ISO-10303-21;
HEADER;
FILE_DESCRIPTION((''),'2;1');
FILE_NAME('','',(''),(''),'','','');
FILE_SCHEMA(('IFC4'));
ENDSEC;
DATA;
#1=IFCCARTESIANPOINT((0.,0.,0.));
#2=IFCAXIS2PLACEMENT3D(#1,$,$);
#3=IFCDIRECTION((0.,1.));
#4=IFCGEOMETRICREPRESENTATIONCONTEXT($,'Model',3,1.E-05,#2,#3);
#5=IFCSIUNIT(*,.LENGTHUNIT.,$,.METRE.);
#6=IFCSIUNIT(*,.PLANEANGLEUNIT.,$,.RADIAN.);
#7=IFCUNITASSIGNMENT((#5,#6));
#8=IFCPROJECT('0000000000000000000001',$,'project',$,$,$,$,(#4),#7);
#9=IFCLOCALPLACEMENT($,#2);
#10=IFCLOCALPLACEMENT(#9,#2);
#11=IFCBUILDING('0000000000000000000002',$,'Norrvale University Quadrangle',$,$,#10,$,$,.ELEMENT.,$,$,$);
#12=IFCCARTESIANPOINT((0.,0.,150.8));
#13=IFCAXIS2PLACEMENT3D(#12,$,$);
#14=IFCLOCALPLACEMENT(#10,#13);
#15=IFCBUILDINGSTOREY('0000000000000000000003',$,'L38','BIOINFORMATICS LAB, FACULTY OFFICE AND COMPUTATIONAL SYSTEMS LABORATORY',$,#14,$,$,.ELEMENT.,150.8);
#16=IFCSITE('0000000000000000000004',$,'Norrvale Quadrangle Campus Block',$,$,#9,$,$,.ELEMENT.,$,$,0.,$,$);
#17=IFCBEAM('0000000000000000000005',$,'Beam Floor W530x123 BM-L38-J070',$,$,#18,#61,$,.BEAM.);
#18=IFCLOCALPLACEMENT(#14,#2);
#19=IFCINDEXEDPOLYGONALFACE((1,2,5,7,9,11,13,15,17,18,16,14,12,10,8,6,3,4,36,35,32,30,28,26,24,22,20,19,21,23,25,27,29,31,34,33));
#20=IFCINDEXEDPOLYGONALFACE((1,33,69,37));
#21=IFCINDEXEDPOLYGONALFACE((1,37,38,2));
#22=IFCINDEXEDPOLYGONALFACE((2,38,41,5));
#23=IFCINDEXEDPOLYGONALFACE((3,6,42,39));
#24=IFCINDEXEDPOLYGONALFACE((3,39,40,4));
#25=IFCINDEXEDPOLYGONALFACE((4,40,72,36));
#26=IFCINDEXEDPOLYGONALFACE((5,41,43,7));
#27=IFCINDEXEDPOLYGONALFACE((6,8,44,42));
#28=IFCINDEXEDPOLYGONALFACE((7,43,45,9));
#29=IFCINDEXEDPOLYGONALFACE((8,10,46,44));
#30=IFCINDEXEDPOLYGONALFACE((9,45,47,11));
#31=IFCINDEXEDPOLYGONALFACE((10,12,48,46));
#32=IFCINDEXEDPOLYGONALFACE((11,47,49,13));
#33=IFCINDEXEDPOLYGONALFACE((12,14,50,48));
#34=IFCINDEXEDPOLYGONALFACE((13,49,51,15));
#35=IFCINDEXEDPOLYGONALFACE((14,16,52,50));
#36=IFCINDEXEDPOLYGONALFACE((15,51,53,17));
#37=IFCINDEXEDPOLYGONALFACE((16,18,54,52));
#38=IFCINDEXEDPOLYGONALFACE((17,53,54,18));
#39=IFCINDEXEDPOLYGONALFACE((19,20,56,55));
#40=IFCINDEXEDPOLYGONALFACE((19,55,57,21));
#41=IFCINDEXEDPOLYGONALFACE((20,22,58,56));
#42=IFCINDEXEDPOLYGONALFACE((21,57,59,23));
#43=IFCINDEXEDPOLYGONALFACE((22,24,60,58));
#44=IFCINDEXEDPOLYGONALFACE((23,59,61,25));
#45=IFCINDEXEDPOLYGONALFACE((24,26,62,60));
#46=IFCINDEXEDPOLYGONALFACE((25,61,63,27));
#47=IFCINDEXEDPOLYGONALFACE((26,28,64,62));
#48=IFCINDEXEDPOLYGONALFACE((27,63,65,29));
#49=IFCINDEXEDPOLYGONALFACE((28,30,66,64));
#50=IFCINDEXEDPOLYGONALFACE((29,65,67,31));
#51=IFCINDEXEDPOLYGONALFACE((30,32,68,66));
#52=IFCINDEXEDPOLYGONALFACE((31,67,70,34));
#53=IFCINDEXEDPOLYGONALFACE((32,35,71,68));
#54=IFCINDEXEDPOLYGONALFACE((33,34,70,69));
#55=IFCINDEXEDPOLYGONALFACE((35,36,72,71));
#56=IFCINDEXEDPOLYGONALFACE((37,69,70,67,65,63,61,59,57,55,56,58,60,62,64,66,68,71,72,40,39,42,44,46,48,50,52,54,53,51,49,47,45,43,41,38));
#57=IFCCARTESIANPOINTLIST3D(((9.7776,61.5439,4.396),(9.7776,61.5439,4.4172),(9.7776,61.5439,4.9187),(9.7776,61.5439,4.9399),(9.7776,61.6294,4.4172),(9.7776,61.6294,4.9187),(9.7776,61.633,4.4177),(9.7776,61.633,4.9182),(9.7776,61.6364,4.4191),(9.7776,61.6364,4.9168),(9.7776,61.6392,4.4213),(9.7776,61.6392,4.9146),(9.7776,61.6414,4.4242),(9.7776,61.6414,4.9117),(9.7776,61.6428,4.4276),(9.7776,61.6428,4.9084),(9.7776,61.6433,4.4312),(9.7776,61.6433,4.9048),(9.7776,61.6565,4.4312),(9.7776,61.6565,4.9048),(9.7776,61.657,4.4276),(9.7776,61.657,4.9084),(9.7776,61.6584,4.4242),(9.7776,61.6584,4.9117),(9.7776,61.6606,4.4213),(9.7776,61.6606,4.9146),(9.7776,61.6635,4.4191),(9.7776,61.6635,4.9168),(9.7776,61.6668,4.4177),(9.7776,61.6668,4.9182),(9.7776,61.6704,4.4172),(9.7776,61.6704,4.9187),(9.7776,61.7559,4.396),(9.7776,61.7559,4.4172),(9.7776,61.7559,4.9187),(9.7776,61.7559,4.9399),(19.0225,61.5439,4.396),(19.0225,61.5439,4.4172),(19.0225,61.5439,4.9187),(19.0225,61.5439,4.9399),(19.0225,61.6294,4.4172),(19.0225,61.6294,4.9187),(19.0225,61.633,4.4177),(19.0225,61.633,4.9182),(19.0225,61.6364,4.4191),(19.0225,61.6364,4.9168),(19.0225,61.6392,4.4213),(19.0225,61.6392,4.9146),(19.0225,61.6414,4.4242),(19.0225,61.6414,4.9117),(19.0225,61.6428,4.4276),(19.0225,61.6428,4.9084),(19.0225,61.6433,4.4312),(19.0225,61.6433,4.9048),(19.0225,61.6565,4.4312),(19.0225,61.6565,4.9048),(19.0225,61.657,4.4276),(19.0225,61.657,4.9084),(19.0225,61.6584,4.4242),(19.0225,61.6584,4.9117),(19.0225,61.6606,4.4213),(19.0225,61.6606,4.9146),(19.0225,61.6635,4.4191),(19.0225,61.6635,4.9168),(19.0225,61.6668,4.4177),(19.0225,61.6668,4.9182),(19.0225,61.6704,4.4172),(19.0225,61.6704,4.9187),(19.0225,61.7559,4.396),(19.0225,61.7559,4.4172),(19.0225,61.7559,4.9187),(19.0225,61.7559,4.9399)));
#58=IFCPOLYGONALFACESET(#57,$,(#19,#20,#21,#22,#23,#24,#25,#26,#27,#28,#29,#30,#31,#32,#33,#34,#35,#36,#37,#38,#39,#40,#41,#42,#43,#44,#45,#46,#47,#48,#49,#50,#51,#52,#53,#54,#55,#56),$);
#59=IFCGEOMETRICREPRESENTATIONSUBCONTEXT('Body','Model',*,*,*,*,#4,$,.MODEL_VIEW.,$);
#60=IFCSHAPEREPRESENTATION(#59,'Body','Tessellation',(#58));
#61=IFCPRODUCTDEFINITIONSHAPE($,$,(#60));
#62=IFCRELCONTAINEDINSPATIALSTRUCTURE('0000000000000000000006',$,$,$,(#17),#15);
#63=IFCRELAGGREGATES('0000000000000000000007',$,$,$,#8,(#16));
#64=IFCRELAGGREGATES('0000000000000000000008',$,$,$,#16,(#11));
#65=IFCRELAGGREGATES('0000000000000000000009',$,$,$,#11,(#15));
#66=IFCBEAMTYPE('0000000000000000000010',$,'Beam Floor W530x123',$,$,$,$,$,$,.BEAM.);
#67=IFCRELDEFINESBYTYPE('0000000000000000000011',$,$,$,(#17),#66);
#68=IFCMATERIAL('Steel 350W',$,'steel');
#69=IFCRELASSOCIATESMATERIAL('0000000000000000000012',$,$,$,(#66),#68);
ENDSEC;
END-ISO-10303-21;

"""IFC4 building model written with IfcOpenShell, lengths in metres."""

from ifc_helpers import new_model, si_unit, direction, frame, origin, origin_2d, place, context, subcontext, project, spatial, i_section, extrude, material, material_profile, profile_set, type_object, element, save


model = new_model("IFC4")

# Units and contexts
model_context = context("Model", 3, precision=1e-05, world=origin(), true_north=direction((0.0, 1.0)))
body_context = subcontext(model_context, "Body", "Model", "MODEL_VIEW")
ifc_project = project(units=[si_unit("LENGTHUNIT", "METRE"), si_unit("PLANEANGLEUNIT", "RADIAN")], contexts=[model_context])

# Site, building, storey
site_placement = place(None, origin())
site = spatial("IfcSite", under=ifc_project, at=site_placement, Name="Norrvale Quadrangle Campus Block", CompositionType="ELEMENT", RefElevation=0.0)
building_placement = place(site_placement, origin())
building = spatial("IfcBuilding", under=site, at=building_placement, Name="Norrvale University Quadrangle", CompositionType="ELEMENT")
storey_placement = place(building_placement, frame((0.0, 0.0, 150.8)))
storey = spatial("IfcBuildingStorey", under=building, at=storey_placement, Name="L38", Description="BIOINFORMATICS LAB, FACULTY OFFICE AND COMPUTATIONAL SYSTEMS LABORATORY", CompositionType="ELEMENT", Elevation=150.8)

# Beam
ifc_material_1 = material(Name="Steel 350W", Category="steel")
ifc_material_profile_1 = material_profile(ifc_material_1, i_section(OverallWidth=0.2119, OverallDepth=0.5439, WebThickness=0.0132, FlangeThickness=0.0212, FilletRadius=0.0139, at=origin_2d()), Name="Steel 350W")
ifc_profile_set_1 = profile_set([ifc_material_profile_1], Name="Steel 350W")
beam_type_1 = type_object("IfcBeamType", Name="Beam Floor W530x123", PredefinedType="BEAM", material=ifc_profile_set_1)
beam_placement = place(storey_placement, frame((9.7776, 61.6499, 4.668), z_axis=(1.0, 0.0, 0.0), x_axis=(0.0, 1.0, 0.0)))
element("IfcBeam", 1, at=beam_placement, inside=storey, type_object=beam_type_1, Name="Beam Floor W530x123 BM-L38-J070", PredefinedType="BEAM", context=body_context, shape_type="SweptSolid", body=[
    extrude(i_section(OverallWidth=0.2119, OverallDepth=0.5439, WebThickness=0.0132, FlangeThickness=0.0212, FilletRadius=0.0139, at=origin_2d()), origin(), (0.0, 0.0, 1.0), 9.2449),
])

save(model, "model.ifc")
